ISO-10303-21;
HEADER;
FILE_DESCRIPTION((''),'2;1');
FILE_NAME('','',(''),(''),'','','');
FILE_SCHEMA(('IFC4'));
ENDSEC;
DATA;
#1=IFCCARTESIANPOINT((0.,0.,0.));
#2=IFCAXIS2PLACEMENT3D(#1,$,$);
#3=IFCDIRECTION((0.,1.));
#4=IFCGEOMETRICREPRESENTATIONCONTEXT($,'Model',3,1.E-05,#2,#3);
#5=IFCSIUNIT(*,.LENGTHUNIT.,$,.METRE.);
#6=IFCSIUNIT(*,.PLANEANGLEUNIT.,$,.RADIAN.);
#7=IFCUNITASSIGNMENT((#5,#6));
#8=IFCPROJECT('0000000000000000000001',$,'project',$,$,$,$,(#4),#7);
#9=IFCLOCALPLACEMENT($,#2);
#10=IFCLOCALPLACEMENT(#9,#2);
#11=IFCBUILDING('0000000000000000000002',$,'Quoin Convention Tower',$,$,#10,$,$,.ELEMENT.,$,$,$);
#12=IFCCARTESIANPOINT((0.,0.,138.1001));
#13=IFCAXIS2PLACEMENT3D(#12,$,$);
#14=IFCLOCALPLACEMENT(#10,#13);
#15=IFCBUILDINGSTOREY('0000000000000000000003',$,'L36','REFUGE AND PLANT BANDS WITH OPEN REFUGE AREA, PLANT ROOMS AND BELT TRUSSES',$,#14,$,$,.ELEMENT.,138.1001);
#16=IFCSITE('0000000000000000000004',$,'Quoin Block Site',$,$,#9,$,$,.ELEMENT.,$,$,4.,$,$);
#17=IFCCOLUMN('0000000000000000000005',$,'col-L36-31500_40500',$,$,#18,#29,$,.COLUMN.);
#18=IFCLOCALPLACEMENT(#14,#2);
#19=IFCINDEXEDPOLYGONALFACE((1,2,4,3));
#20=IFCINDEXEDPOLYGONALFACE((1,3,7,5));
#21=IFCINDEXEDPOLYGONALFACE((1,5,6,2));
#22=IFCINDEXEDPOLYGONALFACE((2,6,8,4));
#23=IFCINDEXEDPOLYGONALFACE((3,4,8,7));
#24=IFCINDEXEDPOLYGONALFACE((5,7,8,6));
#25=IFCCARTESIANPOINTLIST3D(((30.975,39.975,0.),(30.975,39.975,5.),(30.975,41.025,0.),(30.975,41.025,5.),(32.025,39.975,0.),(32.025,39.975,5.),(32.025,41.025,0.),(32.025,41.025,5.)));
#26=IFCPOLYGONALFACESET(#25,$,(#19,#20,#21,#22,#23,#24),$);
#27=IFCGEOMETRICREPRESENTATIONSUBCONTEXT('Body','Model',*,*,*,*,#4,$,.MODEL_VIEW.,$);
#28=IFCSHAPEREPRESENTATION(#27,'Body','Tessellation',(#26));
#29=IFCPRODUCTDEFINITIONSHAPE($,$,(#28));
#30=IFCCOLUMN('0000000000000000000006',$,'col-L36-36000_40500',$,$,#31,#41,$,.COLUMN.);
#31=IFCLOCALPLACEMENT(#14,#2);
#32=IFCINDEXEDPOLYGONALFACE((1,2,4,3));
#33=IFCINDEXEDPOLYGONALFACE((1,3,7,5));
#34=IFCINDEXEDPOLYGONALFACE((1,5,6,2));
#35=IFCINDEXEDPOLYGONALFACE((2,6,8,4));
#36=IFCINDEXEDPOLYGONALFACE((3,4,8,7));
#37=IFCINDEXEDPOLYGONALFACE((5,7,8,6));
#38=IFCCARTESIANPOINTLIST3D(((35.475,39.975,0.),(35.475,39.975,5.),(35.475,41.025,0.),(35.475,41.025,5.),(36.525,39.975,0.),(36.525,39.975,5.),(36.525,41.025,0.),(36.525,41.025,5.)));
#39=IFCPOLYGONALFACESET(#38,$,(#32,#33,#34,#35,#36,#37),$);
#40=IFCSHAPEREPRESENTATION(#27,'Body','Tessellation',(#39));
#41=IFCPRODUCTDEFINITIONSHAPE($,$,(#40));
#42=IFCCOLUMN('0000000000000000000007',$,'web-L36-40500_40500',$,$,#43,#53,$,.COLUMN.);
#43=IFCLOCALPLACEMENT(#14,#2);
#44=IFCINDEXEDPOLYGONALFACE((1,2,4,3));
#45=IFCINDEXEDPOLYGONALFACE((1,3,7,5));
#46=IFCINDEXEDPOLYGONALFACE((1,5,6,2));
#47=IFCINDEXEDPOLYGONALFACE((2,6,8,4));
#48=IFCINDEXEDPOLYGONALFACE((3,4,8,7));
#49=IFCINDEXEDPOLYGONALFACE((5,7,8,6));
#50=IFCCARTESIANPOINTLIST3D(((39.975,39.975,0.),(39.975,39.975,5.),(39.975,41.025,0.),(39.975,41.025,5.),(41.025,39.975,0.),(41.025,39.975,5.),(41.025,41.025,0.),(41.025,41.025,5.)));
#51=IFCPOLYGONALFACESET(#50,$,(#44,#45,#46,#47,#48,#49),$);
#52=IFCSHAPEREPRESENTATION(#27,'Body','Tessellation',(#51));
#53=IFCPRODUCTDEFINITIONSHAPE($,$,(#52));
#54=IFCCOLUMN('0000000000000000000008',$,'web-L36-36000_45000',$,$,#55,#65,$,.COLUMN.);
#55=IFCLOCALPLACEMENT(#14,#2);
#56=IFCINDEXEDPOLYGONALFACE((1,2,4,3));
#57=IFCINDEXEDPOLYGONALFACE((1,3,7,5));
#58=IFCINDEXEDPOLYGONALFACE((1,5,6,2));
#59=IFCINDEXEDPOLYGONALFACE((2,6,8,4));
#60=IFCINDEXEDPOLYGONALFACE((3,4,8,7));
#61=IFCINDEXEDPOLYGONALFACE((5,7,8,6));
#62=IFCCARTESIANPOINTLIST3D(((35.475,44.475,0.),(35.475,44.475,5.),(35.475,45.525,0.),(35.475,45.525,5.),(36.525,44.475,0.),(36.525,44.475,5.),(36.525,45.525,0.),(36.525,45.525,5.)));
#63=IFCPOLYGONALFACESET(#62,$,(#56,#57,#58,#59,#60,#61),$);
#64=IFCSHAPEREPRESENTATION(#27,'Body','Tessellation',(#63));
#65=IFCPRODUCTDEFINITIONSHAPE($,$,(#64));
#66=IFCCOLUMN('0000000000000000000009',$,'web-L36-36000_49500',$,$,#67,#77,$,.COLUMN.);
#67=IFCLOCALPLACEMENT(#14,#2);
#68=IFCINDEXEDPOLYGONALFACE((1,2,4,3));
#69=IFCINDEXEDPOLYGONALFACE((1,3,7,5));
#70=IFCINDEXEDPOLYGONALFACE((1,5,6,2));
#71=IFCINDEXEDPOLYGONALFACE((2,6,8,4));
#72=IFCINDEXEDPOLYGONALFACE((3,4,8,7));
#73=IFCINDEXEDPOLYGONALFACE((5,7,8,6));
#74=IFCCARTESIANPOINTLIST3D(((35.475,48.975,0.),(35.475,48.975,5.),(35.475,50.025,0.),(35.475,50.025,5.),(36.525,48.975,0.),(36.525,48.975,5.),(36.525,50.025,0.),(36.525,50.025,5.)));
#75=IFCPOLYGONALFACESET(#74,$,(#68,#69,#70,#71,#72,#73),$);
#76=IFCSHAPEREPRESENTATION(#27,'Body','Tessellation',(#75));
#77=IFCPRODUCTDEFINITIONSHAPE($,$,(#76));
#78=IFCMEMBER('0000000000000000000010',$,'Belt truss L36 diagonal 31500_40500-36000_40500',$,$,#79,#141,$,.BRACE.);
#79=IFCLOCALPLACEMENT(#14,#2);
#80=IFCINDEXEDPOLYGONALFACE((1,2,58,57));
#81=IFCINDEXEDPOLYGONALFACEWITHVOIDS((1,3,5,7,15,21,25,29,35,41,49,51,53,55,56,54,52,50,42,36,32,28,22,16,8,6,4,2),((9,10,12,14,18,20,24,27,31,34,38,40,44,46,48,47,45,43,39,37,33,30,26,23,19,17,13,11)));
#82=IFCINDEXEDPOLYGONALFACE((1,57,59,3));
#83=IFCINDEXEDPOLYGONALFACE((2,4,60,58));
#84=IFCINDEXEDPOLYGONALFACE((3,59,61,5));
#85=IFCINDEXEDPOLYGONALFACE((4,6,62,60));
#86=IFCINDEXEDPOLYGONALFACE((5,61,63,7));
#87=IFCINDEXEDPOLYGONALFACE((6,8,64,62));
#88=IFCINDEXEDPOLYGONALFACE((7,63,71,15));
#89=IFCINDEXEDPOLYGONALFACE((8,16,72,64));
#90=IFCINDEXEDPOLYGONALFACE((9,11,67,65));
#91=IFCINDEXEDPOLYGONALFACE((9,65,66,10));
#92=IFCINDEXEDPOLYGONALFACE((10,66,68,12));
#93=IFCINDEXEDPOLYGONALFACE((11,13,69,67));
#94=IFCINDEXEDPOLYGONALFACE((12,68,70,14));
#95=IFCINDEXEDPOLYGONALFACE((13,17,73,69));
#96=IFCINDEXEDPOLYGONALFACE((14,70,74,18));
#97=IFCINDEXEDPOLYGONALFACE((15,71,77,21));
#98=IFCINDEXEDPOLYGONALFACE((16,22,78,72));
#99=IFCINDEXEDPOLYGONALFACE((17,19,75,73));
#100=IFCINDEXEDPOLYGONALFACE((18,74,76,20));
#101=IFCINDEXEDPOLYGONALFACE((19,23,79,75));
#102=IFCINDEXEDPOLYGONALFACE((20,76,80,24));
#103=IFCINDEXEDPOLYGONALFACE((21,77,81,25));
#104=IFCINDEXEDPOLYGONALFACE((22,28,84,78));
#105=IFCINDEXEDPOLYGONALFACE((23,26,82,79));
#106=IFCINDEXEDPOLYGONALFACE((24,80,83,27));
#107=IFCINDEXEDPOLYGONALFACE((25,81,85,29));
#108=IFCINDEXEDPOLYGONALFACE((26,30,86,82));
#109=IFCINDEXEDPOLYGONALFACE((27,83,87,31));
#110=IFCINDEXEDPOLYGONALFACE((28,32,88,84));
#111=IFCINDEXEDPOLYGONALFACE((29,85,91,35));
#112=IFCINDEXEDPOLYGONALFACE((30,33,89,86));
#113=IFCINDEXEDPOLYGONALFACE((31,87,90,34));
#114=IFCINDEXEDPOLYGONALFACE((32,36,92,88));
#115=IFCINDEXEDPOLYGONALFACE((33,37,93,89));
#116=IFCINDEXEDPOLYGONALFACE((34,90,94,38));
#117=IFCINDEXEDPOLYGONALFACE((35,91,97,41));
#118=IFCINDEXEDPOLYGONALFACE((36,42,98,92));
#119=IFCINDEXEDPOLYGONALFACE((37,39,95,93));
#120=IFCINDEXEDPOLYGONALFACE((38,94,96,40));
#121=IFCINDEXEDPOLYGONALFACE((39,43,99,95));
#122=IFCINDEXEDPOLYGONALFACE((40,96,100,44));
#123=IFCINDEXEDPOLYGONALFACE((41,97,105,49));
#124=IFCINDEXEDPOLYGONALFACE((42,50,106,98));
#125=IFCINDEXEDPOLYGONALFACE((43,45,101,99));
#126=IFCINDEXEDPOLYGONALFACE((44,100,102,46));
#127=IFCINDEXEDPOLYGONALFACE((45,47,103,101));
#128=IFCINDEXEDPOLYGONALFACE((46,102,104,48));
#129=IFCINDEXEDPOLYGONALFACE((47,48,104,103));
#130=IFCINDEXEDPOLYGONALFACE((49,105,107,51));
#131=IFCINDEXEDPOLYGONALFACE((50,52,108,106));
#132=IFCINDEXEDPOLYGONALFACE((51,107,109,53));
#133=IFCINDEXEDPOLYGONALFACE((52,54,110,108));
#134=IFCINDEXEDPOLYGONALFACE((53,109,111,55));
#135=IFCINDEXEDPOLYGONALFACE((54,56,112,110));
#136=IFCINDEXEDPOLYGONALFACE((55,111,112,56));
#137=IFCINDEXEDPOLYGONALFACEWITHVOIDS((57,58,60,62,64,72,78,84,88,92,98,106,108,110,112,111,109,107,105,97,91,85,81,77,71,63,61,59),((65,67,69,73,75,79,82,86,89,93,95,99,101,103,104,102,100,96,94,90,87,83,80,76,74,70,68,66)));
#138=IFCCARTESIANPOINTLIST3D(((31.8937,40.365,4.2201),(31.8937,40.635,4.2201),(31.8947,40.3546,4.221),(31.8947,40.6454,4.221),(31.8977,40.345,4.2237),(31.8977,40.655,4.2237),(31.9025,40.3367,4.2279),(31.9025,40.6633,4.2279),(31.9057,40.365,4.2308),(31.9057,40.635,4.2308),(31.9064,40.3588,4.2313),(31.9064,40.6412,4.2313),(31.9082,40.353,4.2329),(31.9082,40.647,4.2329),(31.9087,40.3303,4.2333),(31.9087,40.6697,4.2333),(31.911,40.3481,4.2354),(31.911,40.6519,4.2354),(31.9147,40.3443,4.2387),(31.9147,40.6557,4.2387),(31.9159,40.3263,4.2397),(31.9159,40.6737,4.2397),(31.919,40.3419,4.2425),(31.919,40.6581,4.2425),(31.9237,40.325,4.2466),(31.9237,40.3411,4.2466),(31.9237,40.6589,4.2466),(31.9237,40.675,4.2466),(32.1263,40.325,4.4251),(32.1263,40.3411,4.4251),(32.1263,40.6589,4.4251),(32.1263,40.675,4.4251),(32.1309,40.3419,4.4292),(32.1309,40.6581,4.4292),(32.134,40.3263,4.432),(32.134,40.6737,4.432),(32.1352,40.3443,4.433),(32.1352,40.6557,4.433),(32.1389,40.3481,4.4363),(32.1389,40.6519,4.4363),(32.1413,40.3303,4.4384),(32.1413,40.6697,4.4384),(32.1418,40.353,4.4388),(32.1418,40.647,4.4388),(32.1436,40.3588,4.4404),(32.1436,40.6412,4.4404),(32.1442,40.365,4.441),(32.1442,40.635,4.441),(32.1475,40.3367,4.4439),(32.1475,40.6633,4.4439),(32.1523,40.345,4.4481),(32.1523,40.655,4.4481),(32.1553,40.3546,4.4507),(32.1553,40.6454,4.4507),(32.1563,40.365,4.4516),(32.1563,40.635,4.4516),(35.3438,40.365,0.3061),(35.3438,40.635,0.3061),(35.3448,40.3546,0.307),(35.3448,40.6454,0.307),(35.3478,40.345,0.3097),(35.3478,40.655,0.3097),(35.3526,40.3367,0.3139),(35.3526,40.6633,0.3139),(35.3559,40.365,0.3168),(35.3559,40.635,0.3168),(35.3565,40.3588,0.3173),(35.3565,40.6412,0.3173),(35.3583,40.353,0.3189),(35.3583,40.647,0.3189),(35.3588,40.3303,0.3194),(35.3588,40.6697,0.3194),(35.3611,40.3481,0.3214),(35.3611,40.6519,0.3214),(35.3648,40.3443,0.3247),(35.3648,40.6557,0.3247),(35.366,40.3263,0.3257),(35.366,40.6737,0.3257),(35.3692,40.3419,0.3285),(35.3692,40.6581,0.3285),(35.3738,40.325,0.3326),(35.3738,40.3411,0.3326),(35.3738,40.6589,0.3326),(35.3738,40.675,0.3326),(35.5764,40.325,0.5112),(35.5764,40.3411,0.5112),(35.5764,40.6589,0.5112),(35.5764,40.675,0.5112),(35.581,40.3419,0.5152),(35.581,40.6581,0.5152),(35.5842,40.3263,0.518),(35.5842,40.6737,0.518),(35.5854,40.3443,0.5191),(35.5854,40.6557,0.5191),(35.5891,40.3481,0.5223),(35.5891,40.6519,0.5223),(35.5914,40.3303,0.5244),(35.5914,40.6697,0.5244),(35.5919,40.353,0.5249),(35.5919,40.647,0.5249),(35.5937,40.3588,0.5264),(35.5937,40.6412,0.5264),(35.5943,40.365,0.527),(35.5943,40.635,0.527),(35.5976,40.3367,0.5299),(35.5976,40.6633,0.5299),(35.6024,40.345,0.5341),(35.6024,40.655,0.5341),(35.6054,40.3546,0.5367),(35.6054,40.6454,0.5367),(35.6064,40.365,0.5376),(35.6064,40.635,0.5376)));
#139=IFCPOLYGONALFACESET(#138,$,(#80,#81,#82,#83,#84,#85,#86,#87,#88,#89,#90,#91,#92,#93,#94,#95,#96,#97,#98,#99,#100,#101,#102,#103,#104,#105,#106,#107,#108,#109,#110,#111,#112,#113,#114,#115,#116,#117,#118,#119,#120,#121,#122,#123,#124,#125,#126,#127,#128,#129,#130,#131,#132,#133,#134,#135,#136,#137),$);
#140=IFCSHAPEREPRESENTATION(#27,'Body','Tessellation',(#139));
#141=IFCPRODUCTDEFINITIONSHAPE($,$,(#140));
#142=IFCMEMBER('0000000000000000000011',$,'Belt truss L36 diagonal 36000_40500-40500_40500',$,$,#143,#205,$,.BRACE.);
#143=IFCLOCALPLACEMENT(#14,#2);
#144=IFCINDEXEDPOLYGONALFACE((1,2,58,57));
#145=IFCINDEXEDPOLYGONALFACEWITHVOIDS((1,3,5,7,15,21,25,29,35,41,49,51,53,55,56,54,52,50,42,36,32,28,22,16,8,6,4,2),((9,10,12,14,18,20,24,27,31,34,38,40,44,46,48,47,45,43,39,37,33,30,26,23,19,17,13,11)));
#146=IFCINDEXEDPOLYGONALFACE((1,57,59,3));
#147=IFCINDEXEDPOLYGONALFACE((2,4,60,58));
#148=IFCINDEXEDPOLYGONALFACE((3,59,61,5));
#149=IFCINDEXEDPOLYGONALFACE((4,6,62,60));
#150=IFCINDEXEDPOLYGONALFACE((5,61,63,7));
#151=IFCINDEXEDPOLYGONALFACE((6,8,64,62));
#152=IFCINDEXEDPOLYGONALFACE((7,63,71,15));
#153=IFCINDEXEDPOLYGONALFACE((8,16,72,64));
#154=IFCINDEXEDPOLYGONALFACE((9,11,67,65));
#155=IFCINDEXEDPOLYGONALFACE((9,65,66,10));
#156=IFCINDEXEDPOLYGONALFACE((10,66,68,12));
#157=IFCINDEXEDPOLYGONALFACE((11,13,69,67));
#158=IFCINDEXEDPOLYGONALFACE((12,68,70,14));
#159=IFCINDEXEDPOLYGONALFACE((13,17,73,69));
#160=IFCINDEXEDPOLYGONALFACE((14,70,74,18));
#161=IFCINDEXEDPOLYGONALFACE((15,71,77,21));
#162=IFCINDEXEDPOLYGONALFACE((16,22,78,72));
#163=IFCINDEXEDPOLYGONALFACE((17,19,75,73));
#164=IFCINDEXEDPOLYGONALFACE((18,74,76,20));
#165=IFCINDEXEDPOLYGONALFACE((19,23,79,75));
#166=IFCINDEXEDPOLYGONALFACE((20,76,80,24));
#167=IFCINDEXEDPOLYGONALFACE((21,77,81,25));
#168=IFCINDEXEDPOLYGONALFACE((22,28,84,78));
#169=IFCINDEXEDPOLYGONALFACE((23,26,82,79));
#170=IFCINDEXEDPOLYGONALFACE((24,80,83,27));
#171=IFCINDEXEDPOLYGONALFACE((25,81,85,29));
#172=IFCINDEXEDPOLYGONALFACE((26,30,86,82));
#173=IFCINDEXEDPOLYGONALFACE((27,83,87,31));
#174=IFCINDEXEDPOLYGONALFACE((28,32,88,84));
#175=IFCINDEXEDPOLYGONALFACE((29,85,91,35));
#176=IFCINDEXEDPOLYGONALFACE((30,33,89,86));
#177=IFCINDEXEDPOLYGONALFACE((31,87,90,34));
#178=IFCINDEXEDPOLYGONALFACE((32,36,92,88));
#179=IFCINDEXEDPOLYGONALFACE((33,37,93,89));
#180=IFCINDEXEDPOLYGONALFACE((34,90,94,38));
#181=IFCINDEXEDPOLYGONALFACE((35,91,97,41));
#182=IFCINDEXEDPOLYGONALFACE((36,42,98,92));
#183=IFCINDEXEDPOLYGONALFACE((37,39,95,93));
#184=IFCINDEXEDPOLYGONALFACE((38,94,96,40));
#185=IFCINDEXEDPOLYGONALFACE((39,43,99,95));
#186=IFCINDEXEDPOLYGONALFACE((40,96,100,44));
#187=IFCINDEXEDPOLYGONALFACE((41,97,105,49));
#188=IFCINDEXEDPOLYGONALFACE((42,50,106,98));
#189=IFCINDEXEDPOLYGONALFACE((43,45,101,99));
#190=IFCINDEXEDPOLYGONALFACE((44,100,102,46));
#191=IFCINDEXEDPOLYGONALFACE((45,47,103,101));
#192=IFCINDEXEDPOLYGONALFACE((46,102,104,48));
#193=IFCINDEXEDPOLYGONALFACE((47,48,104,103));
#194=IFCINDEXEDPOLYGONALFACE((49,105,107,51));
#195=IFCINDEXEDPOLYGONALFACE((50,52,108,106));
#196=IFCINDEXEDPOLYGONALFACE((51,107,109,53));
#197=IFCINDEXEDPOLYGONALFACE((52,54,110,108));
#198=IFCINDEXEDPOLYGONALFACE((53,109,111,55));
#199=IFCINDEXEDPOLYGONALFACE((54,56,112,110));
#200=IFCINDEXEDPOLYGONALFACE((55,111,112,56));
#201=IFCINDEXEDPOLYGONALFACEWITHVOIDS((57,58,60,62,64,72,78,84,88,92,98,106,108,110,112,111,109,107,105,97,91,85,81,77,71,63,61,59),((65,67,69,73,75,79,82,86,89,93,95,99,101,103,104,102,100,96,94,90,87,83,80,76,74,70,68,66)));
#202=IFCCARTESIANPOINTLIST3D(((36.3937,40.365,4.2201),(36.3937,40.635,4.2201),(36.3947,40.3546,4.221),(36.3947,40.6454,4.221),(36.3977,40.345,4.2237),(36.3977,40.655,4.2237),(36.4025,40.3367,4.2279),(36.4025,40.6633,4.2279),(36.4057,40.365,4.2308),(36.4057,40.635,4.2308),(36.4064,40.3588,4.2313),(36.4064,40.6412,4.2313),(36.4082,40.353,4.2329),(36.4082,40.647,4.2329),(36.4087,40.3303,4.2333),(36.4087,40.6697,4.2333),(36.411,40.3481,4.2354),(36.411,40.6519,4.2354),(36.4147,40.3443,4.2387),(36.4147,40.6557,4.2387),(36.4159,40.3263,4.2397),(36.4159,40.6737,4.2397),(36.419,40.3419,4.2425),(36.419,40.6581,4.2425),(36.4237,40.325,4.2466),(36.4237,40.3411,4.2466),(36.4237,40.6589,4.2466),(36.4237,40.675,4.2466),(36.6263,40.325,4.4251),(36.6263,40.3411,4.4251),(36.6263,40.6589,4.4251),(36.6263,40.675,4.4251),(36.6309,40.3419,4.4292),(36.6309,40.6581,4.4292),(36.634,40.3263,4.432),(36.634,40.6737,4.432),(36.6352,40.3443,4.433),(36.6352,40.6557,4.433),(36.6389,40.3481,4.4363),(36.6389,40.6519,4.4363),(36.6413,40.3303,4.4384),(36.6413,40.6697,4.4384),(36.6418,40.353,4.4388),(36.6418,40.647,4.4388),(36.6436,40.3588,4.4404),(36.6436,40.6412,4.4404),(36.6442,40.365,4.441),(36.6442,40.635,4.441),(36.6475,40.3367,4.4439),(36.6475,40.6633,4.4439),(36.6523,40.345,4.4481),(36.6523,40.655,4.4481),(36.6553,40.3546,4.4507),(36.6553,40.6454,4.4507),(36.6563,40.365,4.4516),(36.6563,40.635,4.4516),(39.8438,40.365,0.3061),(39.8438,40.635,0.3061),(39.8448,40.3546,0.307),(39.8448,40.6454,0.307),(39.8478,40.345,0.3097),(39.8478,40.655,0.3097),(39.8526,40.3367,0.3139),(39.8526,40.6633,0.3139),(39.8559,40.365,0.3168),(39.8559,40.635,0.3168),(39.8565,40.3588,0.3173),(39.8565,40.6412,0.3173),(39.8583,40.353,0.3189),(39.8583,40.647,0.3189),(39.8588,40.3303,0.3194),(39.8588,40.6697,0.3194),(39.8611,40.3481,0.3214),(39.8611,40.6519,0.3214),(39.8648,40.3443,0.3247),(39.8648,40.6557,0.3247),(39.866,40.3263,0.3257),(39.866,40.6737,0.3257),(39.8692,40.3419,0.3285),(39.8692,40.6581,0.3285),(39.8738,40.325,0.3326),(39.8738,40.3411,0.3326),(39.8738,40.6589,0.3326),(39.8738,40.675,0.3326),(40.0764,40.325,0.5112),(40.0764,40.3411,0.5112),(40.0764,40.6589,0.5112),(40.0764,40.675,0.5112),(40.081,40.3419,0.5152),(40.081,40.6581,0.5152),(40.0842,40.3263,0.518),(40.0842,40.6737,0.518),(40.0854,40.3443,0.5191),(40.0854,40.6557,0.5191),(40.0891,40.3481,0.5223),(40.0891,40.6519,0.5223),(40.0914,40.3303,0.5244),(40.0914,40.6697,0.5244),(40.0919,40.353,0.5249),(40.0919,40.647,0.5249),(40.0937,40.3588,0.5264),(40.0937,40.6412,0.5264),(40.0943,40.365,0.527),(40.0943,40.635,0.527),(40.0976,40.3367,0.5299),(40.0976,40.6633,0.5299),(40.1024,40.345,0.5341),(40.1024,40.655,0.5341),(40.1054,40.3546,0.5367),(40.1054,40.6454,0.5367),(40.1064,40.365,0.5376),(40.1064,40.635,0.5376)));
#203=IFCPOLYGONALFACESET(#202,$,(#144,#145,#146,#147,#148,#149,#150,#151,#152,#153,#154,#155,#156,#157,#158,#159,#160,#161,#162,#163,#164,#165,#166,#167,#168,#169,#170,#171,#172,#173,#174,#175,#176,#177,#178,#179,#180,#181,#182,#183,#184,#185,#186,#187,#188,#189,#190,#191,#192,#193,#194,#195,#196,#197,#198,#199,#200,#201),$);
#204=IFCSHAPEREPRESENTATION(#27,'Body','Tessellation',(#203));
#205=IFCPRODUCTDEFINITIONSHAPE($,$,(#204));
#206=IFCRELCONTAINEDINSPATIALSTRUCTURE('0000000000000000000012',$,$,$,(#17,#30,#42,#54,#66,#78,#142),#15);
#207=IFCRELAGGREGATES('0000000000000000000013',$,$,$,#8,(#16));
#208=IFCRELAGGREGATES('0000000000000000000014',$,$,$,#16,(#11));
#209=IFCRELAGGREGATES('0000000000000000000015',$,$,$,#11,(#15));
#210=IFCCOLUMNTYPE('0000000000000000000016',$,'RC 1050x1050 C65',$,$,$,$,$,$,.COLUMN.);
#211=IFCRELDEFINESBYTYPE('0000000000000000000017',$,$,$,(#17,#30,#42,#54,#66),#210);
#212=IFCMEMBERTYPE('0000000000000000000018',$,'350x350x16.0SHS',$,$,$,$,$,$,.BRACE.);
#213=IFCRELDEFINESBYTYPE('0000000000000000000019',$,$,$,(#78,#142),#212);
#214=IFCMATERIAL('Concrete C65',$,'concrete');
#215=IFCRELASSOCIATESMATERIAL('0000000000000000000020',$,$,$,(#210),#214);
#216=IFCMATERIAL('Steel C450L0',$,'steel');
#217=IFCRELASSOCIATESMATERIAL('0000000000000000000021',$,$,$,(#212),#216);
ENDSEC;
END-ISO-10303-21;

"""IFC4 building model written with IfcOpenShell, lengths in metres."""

from ifc_helpers import new_model, si_unit, direction, frame, origin, origin_2d, place, context, subcontext, project, spatial, rectangle, hollow_rectangle, extrude, material, material_profile, profile_set, type_object, element, save


model = new_model("IFC4")

# Units and contexts
model_context = context("Model", 3, precision=1e-05, world=origin(), true_north=direction((0.0, 1.0)))
body_context = subcontext(model_context, "Body", "Model", "MODEL_VIEW")
ifc_project = project(units=[si_unit("LENGTHUNIT", "METRE"), si_unit("PLANEANGLEUNIT", "RADIAN")], contexts=[model_context])

# Site, building, storey
site_placement = place(None, origin())
site = spatial("IfcSite", under=ifc_project, at=site_placement, Name="Quoin Block Site", CompositionType="ELEMENT", RefElevation=4.0)
building_placement = place(site_placement, origin())
building = spatial("IfcBuilding", under=site, at=building_placement, Name="Quoin Convention Tower", CompositionType="ELEMENT")
storey_placement = place(building_placement, frame((0.0, 0.0, 138.1001)))
storey = spatial("IfcBuildingStorey", under=building, at=storey_placement, Name="L36", Description="REFUGE AND PLANT BANDS WITH OPEN REFUGE AREA, PLANT ROOMS AND BELT TRUSSES", CompositionType="ELEMENT", Elevation=138.1001)

# Columns
ifc_material_1 = material(Name="Concrete C65", Category="concrete")
ifc_material_profile_1 = material_profile(ifc_material_1, rectangle(XDim=1.05, YDim=1.05, at=origin_2d()), Name="RC 1050x1050")
ifc_profile_set_1 = profile_set([ifc_material_profile_1], Name="Concrete C65")
column_type = type_object("IfcColumnType", Name="RC 1050x1050 C65", PredefinedType="COLUMN", material=ifc_profile_set_1)
for number, where, z_axis, x_axis, name in (
    (1, (31.5, 40.5, 0.0), (0.0, 0.0, 1.0), (1.0, 0.0, 0.0), "col-L36-31500_40500"),
    (2, (36.0, 40.5, 0.0), (0.0, 0.0, 1.0), (1.0, 0.0, 0.0), "col-L36-36000_40500"),
    (3, (40.5, 40.5, 0.0), (0.0, 0.0, 1.0), (1.0, 0.0, 0.0), "web-L36-40500_40500"),
    (4, (36.0, 45.0, 0.0), (0.0, 0.0, 1.0), (1.0, 0.0, 0.0), "web-L36-36000_45000"),
    (5, (36.0, 49.5, 0.0), (0.0, 0.0, 1.0), (1.0, 0.0, 0.0), "web-L36-36000_49500"),
):
    element("IfcColumn", number, at=place(storey_placement, frame(where, z_axis=z_axis, x_axis=x_axis)), inside=storey, type_object=column_type, Name=name, PredefinedType="COLUMN", context=body_context, shape_type="SweptSolid", body=[
        extrude(rectangle(XDim=1.05, YDim=1.05, at=origin_2d()), origin(), (0.0, 0.0, 1.0), 5.0),
    ])

# Members
ifc_material_2 = material(Name="Steel C450L0", Category="steel")
ifc_material_profile_2 = material_profile(ifc_material_2, hollow_rectangle(XDim=0.3501, YDim=0.3501, WallThickness=0.0161, InnerFilletRadius=0.0239, OuterFilletRadius=0.04, at=origin_2d()), Name="350x350x16.0SHS")
ifc_profile_set_2 = profile_set([ifc_material_profile_2], Name="Steel C450L0")
member_type_1 = type_object("IfcMemberType", Name="350x350x16.0SHS", PredefinedType="BRACE", material=ifc_profile_set_2)
for number, where, z_axis, x_axis, name in (
    (6, (35.4751, 40.5, 0.4219), (-0.661256, 0.0, 0.75016), (0.0, -1.0, 0.0), "Belt truss L36 diagonal 31500_40500-36000_40500"),
    (7, (39.9751, 40.5, 0.4219), (-0.661256, 0.0, 0.75016), (0.0, -1.0, 0.0), "Belt truss L36 diagonal 36000_40500-40500_40500"),
):
    element("IfcMember", number, at=place(storey_placement, frame(where, z_axis=z_axis, x_axis=x_axis)), inside=storey, type_object=member_type_1, Name=name, PredefinedType="BRACE", context=body_context, shape_type="SweptSolid", body=[
        extrude(hollow_rectangle(XDim=0.3501, YDim=0.3501, WallThickness=0.0161, InnerFilletRadius=0.0239, OuterFilletRadius=0.04, at=origin_2d()), origin(), (0.0, 0.0, 1.0), 5.2175),
    ])

save(model, "model.ifc")
